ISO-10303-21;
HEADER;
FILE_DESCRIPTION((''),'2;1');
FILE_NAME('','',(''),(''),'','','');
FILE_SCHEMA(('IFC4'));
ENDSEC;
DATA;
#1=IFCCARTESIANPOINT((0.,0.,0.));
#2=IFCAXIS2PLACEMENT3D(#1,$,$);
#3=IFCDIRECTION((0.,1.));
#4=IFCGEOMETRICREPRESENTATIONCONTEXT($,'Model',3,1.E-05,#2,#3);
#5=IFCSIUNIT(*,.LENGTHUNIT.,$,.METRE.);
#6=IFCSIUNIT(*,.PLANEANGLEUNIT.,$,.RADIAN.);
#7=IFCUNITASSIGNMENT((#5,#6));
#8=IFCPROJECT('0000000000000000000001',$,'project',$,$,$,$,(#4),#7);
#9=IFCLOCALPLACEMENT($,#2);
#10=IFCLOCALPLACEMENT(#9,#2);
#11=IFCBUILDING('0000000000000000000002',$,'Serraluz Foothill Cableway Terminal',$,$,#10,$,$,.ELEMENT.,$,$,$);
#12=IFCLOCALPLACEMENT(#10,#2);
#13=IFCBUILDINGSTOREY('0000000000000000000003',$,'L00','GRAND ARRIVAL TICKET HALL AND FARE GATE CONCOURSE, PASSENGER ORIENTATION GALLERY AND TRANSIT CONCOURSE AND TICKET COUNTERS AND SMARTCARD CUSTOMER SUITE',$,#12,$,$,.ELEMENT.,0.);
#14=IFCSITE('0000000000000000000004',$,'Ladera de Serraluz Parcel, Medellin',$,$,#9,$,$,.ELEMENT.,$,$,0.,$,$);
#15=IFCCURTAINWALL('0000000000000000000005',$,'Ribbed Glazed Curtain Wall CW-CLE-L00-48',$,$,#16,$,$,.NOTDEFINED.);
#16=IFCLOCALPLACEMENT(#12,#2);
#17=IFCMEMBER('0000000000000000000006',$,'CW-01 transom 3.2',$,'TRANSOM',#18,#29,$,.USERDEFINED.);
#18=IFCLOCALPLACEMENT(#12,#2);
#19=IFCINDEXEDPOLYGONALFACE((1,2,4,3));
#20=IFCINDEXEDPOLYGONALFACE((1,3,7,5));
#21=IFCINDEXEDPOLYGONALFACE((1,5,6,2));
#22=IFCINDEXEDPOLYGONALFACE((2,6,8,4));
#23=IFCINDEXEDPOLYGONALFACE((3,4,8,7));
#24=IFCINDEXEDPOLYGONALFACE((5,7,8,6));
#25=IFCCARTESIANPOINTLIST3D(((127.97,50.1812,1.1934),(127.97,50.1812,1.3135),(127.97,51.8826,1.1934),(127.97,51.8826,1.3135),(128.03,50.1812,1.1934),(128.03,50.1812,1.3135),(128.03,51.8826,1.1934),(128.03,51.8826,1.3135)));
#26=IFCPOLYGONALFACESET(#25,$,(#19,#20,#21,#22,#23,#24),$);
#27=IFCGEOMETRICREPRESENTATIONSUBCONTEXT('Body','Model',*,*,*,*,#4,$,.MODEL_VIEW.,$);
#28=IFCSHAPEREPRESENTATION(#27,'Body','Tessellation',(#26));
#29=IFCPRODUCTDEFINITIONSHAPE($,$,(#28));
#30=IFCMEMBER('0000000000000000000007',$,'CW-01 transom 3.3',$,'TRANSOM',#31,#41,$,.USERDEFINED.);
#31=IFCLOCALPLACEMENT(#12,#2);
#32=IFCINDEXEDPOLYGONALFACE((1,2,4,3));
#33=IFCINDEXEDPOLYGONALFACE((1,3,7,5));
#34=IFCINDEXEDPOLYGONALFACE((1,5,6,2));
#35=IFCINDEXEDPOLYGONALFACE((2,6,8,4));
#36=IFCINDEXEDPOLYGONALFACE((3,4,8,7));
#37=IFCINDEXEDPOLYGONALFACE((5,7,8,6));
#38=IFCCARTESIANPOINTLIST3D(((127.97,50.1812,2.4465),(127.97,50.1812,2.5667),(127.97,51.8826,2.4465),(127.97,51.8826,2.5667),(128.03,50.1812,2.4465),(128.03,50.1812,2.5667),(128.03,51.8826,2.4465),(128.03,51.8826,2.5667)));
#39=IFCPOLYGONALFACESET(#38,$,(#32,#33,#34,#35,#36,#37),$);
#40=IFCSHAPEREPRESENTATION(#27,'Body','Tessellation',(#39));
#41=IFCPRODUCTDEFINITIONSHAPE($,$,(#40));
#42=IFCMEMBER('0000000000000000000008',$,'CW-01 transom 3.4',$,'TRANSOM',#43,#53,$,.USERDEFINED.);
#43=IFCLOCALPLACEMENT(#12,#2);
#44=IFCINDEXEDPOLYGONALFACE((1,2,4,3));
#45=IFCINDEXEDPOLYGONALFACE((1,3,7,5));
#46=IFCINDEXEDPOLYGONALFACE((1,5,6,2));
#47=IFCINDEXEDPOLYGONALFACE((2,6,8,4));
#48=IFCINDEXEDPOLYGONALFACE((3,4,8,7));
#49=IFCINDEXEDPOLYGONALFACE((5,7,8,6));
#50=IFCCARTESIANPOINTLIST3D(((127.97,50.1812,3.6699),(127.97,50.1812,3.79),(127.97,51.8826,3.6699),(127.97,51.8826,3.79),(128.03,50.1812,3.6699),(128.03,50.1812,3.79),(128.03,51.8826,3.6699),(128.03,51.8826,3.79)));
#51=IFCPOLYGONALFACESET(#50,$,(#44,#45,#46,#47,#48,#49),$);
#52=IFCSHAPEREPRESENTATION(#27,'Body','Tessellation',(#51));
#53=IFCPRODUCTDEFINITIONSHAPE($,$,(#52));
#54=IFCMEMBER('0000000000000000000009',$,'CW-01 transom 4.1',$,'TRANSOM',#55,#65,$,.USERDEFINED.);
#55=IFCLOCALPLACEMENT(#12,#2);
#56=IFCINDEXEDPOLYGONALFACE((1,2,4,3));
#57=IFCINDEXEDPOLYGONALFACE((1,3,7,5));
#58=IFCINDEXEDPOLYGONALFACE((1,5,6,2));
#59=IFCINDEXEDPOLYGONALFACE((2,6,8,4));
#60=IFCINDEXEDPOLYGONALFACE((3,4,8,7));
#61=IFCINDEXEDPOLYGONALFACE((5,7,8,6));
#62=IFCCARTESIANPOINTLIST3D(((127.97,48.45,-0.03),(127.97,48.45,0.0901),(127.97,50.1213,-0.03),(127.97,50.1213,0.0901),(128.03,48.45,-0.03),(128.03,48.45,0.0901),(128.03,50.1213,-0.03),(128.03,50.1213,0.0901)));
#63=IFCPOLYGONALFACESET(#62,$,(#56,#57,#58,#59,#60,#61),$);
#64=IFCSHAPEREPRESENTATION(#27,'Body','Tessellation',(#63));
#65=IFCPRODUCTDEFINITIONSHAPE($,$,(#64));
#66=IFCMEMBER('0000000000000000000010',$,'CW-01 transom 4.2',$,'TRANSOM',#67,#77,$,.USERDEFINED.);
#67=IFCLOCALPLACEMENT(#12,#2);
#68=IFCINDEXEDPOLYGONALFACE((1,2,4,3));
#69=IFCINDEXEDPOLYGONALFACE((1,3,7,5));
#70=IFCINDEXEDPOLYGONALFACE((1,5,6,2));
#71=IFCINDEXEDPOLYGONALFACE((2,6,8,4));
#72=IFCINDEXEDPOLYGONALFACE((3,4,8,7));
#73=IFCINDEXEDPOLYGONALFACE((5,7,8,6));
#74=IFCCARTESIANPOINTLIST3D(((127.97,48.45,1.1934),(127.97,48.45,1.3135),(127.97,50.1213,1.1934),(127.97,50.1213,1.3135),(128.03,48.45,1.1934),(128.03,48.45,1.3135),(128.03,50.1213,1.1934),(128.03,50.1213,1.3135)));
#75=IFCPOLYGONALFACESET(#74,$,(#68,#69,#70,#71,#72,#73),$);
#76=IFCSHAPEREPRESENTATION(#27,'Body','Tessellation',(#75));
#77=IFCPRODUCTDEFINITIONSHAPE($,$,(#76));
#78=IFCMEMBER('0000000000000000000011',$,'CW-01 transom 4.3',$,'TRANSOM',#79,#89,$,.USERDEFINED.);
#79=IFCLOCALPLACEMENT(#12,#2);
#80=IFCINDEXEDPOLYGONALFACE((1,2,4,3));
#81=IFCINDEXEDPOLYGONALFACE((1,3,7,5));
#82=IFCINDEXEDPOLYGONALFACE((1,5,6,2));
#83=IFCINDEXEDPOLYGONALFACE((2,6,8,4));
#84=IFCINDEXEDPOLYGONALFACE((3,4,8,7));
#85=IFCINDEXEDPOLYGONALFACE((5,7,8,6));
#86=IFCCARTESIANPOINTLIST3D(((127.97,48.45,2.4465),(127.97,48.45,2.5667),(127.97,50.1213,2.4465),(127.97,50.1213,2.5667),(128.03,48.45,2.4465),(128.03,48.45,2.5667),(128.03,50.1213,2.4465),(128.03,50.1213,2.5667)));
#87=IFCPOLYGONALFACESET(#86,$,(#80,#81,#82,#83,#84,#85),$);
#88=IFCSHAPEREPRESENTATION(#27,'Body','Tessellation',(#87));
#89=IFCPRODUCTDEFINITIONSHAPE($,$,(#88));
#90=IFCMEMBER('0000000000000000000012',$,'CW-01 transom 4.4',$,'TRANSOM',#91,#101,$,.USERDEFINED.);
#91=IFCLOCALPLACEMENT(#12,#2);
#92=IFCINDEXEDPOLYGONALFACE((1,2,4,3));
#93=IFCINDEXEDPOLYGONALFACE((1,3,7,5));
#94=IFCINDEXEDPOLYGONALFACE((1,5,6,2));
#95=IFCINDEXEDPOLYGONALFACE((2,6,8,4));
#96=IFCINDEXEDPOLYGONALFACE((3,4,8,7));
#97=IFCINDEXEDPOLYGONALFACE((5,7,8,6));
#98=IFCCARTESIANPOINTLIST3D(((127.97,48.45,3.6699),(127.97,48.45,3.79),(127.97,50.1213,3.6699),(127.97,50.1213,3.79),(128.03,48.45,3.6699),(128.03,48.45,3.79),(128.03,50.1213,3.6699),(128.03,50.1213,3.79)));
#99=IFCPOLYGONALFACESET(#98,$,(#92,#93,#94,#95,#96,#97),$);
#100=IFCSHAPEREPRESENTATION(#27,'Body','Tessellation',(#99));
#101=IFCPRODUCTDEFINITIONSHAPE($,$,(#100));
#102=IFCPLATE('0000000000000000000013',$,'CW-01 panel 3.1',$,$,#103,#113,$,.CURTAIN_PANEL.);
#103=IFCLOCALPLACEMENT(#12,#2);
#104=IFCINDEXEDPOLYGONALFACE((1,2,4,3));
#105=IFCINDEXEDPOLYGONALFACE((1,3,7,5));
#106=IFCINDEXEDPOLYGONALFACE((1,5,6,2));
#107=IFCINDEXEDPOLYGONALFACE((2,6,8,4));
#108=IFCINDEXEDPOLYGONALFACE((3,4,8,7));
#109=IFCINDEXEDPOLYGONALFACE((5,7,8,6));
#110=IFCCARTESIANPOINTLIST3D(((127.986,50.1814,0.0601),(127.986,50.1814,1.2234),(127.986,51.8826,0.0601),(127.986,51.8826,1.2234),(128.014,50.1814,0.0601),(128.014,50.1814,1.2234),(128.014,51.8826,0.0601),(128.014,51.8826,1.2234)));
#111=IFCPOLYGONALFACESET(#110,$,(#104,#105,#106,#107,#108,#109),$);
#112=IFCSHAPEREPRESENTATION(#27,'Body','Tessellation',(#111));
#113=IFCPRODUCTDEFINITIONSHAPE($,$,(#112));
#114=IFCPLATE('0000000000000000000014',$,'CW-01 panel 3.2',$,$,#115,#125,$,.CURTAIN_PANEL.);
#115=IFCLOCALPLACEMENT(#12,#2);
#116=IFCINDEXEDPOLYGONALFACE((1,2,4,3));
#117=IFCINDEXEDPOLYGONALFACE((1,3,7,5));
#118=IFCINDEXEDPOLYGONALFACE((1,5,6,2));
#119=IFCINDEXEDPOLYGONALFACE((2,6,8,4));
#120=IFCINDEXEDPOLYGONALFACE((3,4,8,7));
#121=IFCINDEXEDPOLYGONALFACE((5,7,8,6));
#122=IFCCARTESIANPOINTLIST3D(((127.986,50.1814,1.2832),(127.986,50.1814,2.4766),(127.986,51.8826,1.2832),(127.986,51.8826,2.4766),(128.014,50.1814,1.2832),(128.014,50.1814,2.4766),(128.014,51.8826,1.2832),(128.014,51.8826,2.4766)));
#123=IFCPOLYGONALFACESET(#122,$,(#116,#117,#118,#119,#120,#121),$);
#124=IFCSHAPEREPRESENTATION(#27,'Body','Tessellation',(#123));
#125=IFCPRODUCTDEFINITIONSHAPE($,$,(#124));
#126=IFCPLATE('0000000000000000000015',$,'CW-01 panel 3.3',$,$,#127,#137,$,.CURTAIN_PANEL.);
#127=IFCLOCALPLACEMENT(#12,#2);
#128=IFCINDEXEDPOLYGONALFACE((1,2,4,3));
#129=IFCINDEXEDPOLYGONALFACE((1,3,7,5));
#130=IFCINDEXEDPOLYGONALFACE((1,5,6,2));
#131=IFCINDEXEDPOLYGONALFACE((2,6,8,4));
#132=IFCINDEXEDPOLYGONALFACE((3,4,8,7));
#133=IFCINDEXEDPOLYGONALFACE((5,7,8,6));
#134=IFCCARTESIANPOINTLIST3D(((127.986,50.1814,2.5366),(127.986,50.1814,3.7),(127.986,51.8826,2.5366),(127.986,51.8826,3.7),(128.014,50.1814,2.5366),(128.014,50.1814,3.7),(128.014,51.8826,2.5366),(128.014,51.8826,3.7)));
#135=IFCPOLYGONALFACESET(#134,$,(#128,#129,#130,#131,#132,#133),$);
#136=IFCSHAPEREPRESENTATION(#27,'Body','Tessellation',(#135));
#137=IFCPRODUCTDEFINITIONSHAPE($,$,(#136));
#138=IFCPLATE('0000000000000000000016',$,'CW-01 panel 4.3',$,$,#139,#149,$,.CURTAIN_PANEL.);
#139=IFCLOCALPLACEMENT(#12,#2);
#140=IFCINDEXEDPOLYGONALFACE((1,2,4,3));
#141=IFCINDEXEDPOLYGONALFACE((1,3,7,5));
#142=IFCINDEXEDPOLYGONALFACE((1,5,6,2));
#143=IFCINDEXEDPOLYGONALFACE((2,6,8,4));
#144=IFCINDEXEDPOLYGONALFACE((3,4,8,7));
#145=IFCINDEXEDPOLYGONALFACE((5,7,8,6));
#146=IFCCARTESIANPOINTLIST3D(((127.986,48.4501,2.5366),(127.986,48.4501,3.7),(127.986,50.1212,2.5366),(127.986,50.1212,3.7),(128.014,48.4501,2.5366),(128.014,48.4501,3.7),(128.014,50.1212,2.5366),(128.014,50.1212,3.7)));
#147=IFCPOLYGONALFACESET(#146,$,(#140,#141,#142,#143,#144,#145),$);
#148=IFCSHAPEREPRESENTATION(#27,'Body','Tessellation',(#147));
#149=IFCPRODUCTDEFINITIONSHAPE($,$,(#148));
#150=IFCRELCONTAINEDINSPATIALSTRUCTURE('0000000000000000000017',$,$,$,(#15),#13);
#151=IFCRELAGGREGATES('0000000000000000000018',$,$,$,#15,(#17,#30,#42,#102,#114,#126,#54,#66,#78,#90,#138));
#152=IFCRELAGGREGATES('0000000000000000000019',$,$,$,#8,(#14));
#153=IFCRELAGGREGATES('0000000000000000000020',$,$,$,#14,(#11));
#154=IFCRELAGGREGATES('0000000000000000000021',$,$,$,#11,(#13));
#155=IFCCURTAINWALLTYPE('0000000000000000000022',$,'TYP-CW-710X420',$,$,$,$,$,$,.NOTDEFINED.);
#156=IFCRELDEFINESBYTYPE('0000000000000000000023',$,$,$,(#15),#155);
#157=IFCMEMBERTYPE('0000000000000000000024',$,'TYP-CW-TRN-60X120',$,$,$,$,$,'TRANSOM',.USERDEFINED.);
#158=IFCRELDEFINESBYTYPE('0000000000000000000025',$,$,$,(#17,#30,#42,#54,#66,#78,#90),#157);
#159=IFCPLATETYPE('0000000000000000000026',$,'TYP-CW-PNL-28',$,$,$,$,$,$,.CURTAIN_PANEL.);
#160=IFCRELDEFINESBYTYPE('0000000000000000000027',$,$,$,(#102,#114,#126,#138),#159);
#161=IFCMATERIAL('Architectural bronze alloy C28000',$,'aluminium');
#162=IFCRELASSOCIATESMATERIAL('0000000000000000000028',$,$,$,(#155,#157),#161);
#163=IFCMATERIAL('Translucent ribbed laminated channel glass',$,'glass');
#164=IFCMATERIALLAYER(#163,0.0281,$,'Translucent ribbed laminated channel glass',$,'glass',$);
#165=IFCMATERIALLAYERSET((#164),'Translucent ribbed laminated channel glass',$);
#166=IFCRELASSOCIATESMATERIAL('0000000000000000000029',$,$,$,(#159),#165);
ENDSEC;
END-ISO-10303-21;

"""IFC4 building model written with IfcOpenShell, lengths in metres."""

from ifc_helpers import new_model, si_unit, direction, frame, origin, origin_2d, place, context, subcontext, project, spatial, rectangle, extrude, material, layer, layer_set, material_profile, profile_set, type_object, element, aggregate, save


model = new_model("IFC4")

# Units and contexts
model_context = context("Model", 3, precision=1e-05, world=origin(), true_north=direction((0.0, 1.0)))
body_context = subcontext(model_context, "Body", "Model", "MODEL_VIEW")
ifc_project = project(units=[si_unit("LENGTHUNIT", "METRE"), si_unit("PLANEANGLEUNIT", "RADIAN")], contexts=[model_context])

# Site, building, storey
site_placement = place(None, origin())
site = spatial("IfcSite", under=ifc_project, at=site_placement, Name="Ladera de Serraluz Parcel, Medellin", CompositionType="ELEMENT", RefElevation=0.0)
building_placement = place(site_placement, origin())
building = spatial("IfcBuilding", under=site, at=building_placement, Name="Serraluz Foothill Cableway Terminal", CompositionType="ELEMENT")
storey_placement = place(building_placement, origin())
storey = spatial("IfcBuildingStorey", under=building, at=storey_placement, Name="L00", Description="GRAND ARRIVAL TICKET HALL AND FARE GATE CONCOURSE, PASSENGER ORIENTATION GALLERY AND TRANSIT CONCOURSE AND TICKET COUNTERS AND SMARTCARD CUSTOMER SUITE", CompositionType="ELEMENT", Elevation=0.0)

# Curtain wall, members, plates
ifc_material_1 = material(Name="Architectural bronze alloy C28000", Category="aluminium")
curtain_wall_type = type_object("IfcCurtainWallType", Name="TYP-CW-710X420", PredefinedType="NOTDEFINED", material=ifc_material_1)
curtain_wall_placement = place(storey_placement, origin())
curtain_wall = element("IfcCurtainWall", 1, at=curtain_wall_placement, inside=storey, type_object=curtain_wall_type, Name="Ribbed Glazed Curtain Wall CW-CLE-L00-48", PredefinedType="NOTDEFINED")
ifc_material_profile_1 = material_profile(ifc_material_1, rectangle(XDim=0.0601, YDim=0.1201, at=origin_2d()), Name="ALU TRANSOM 60x120")
ifc_profile_set_1 = profile_set([ifc_material_profile_1], Name="Architectural bronze alloy C28000")
member_type_1 = type_object("IfcMemberType", Name="TYP-CW-TRN-60X120", ElementType="TRANSOM", PredefinedType="USERDEFINED", material=ifc_profile_set_1)
member_1_placement = place(storey_placement, frame((128.0, 51.8826, 1.2534), z_axis=(0.0, -1.0, 0.0), x_axis=(1.0, 0.0, 0.0)))
member_1 = element("IfcMember", 2, at=member_1_placement, type_object=member_type_1, Name="CW-01 transom 3.2", ObjectType="TRANSOM", PredefinedType="USERDEFINED", context=body_context, shape_type="SweptSolid", body=[
    extrude(rectangle(XDim=0.0601, YDim=0.1201, at=origin_2d()), origin(), (0.0, 0.0, 1.0), 1.7014),
])
member_2_placement = place(storey_placement, frame((128.0, 51.8826, 2.5066), z_axis=(0.0, -1.0, 0.0), x_axis=(1.0, 0.0, 0.0)))
member_2 = element("IfcMember", 3, at=member_2_placement, type_object=member_type_1, Name="CW-01 transom 3.3", ObjectType="TRANSOM", PredefinedType="USERDEFINED", context=body_context, shape_type="SweptSolid", body=[
    extrude(rectangle(XDim=0.0601, YDim=0.1201, at=origin_2d()), origin(), (0.0, 0.0, 1.0), 1.7014),
])
member_3_placement = place(storey_placement, frame((128.0, 51.8826, 3.73), z_axis=(0.0, -1.0, 0.0), x_axis=(1.0, 0.0, 0.0)))
member_3 = element("IfcMember", 4, at=member_3_placement, type_object=member_type_1, Name="CW-01 transom 3.4", ObjectType="TRANSOM", PredefinedType="USERDEFINED", context=body_context, shape_type="SweptSolid", body=[
    extrude(rectangle(XDim=0.0601, YDim=0.1201, at=origin_2d()), origin(), (0.0, 0.0, 1.0), 1.7014),
])
member_4_placement = place(storey_placement, frame((128.0, 50.1213, 0.03), z_axis=(0.0, -1.0, 0.0), x_axis=(1.0, 0.0, 0.0)))
member_4 = element("IfcMember", 5, at=member_4_placement, type_object=member_type_1, Name="CW-01 transom 4.1", ObjectType="TRANSOM", PredefinedType="USERDEFINED", context=body_context, shape_type="SweptSolid", body=[
    extrude(rectangle(XDim=0.0601, YDim=0.1201, at=origin_2d()), origin(), (0.0, 0.0, 1.0), 1.6714),
])
member_5_placement = place(storey_placement, frame((128.0, 50.1213, 1.2534), z_axis=(0.0, -1.0, 0.0), x_axis=(1.0, 0.0, 0.0)))
member_5 = element("IfcMember", 6, at=member_5_placement, type_object=member_type_1, Name="CW-01 transom 4.2", ObjectType="TRANSOM", PredefinedType="USERDEFINED", context=body_context, shape_type="SweptSolid", body=[
    extrude(rectangle(XDim=0.0601, YDim=0.1201, at=origin_2d()), origin(), (0.0, 0.0, 1.0), 1.6714),
])
member_6_placement = place(storey_placement, frame((128.0, 50.1213, 2.5066), z_axis=(0.0, -1.0, 0.0), x_axis=(1.0, 0.0, 0.0)))
member_6 = element("IfcMember", 7, at=member_6_placement, type_object=member_type_1, Name="CW-01 transom 4.3", ObjectType="TRANSOM", PredefinedType="USERDEFINED", context=body_context, shape_type="SweptSolid", body=[
    extrude(rectangle(XDim=0.0601, YDim=0.1201, at=origin_2d()), origin(), (0.0, 0.0, 1.0), 1.6714),
])
member_7_placement = place(storey_placement, frame((128.0, 50.1213, 3.73), z_axis=(0.0, -1.0, 0.0), x_axis=(1.0, 0.0, 0.0)))
member_7 = element("IfcMember", 8, at=member_7_placement, type_object=member_type_1, Name="CW-01 transom 4.4", ObjectType="TRANSOM", PredefinedType="USERDEFINED", context=body_context, shape_type="SweptSolid", body=[
    extrude(rectangle(XDim=0.0601, YDim=0.1201, at=origin_2d()), origin(), (0.0, 0.0, 1.0), 1.6714),
])
ifc_material_2 = material(Name="Translucent ribbed laminated channel glass", Category="glass")
ifc_layer_1 = layer(ifc_material_2, 0.0281, Name="Translucent ribbed laminated channel glass", Category="glass")
ifc_layer_set_1 = layer_set([ifc_layer_1], Name="Translucent ribbed laminated channel glass")
plate_type = type_object("IfcPlateType", Name="TYP-CW-PNL-28", PredefinedType="CURTAIN_PANEL", material=ifc_layer_set_1)
plate_1_placement = place(storey_placement, frame((128.0, 51.032, 0.0601), z_axis=(0.0, 0.0, 1.0), x_axis=(0.0, -1.0, 0.0)))
plate_1 = element("IfcPlate", 9, at=plate_1_placement, type_object=plate_type, Name="CW-01 panel 3.1", PredefinedType="CURTAIN_PANEL", context=body_context, shape_type="SweptSolid", body=[
    extrude(rectangle(XDim=1.7012, YDim=0.0281, at=origin_2d()), origin(), (0.0, 0.0, 1.0), 1.1633),
])
plate_2_placement = place(storey_placement, frame((128.0, 51.032, 1.2832), z_axis=(0.0, 0.0, 1.0), x_axis=(0.0, -1.0, 0.0)))
plate_2 = element("IfcPlate", 10, at=plate_2_placement, type_object=plate_type, Name="CW-01 panel 3.2", PredefinedType="CURTAIN_PANEL", context=body_context, shape_type="SweptSolid", body=[
    extrude(rectangle(XDim=1.7012, YDim=0.0281, at=origin_2d()), origin(), (0.0, 0.0, 1.0), 1.1934),
])
plate_3_placement = place(storey_placement, frame((128.0, 51.032, 2.5366), z_axis=(0.0, 0.0, 1.0), x_axis=(0.0, -1.0, 0.0)))
plate_3 = element("IfcPlate", 11, at=plate_3_placement, type_object=plate_type, Name="CW-01 panel 3.3", PredefinedType="CURTAIN_PANEL", context=body_context, shape_type="SweptSolid", body=[
    extrude(rectangle(XDim=1.7012, YDim=0.0281, at=origin_2d()), origin(), (0.0, 0.0, 1.0), 1.1633),
])
plate_4_placement = place(storey_placement, frame((128.0, 49.2856, 2.5366), z_axis=(0.0, 0.0, 1.0), x_axis=(0.0, -1.0, 0.0)))
plate_4 = element("IfcPlate", 12, at=plate_4_placement, type_object=plate_type, Name="CW-01 panel 4.3", PredefinedType="CURTAIN_PANEL", context=body_context, shape_type="SweptSolid", body=[
    extrude(rectangle(XDim=1.6711, YDim=0.0281, at=origin_2d()), origin(), (0.0, 0.0, 1.0), 1.1633),
])
aggregate(curtain_wall, [member_1, member_2, member_3, plate_1, plate_2, plate_3, member_4, member_5, member_6, member_7, plate_4])

save(model, "model.ifc")
